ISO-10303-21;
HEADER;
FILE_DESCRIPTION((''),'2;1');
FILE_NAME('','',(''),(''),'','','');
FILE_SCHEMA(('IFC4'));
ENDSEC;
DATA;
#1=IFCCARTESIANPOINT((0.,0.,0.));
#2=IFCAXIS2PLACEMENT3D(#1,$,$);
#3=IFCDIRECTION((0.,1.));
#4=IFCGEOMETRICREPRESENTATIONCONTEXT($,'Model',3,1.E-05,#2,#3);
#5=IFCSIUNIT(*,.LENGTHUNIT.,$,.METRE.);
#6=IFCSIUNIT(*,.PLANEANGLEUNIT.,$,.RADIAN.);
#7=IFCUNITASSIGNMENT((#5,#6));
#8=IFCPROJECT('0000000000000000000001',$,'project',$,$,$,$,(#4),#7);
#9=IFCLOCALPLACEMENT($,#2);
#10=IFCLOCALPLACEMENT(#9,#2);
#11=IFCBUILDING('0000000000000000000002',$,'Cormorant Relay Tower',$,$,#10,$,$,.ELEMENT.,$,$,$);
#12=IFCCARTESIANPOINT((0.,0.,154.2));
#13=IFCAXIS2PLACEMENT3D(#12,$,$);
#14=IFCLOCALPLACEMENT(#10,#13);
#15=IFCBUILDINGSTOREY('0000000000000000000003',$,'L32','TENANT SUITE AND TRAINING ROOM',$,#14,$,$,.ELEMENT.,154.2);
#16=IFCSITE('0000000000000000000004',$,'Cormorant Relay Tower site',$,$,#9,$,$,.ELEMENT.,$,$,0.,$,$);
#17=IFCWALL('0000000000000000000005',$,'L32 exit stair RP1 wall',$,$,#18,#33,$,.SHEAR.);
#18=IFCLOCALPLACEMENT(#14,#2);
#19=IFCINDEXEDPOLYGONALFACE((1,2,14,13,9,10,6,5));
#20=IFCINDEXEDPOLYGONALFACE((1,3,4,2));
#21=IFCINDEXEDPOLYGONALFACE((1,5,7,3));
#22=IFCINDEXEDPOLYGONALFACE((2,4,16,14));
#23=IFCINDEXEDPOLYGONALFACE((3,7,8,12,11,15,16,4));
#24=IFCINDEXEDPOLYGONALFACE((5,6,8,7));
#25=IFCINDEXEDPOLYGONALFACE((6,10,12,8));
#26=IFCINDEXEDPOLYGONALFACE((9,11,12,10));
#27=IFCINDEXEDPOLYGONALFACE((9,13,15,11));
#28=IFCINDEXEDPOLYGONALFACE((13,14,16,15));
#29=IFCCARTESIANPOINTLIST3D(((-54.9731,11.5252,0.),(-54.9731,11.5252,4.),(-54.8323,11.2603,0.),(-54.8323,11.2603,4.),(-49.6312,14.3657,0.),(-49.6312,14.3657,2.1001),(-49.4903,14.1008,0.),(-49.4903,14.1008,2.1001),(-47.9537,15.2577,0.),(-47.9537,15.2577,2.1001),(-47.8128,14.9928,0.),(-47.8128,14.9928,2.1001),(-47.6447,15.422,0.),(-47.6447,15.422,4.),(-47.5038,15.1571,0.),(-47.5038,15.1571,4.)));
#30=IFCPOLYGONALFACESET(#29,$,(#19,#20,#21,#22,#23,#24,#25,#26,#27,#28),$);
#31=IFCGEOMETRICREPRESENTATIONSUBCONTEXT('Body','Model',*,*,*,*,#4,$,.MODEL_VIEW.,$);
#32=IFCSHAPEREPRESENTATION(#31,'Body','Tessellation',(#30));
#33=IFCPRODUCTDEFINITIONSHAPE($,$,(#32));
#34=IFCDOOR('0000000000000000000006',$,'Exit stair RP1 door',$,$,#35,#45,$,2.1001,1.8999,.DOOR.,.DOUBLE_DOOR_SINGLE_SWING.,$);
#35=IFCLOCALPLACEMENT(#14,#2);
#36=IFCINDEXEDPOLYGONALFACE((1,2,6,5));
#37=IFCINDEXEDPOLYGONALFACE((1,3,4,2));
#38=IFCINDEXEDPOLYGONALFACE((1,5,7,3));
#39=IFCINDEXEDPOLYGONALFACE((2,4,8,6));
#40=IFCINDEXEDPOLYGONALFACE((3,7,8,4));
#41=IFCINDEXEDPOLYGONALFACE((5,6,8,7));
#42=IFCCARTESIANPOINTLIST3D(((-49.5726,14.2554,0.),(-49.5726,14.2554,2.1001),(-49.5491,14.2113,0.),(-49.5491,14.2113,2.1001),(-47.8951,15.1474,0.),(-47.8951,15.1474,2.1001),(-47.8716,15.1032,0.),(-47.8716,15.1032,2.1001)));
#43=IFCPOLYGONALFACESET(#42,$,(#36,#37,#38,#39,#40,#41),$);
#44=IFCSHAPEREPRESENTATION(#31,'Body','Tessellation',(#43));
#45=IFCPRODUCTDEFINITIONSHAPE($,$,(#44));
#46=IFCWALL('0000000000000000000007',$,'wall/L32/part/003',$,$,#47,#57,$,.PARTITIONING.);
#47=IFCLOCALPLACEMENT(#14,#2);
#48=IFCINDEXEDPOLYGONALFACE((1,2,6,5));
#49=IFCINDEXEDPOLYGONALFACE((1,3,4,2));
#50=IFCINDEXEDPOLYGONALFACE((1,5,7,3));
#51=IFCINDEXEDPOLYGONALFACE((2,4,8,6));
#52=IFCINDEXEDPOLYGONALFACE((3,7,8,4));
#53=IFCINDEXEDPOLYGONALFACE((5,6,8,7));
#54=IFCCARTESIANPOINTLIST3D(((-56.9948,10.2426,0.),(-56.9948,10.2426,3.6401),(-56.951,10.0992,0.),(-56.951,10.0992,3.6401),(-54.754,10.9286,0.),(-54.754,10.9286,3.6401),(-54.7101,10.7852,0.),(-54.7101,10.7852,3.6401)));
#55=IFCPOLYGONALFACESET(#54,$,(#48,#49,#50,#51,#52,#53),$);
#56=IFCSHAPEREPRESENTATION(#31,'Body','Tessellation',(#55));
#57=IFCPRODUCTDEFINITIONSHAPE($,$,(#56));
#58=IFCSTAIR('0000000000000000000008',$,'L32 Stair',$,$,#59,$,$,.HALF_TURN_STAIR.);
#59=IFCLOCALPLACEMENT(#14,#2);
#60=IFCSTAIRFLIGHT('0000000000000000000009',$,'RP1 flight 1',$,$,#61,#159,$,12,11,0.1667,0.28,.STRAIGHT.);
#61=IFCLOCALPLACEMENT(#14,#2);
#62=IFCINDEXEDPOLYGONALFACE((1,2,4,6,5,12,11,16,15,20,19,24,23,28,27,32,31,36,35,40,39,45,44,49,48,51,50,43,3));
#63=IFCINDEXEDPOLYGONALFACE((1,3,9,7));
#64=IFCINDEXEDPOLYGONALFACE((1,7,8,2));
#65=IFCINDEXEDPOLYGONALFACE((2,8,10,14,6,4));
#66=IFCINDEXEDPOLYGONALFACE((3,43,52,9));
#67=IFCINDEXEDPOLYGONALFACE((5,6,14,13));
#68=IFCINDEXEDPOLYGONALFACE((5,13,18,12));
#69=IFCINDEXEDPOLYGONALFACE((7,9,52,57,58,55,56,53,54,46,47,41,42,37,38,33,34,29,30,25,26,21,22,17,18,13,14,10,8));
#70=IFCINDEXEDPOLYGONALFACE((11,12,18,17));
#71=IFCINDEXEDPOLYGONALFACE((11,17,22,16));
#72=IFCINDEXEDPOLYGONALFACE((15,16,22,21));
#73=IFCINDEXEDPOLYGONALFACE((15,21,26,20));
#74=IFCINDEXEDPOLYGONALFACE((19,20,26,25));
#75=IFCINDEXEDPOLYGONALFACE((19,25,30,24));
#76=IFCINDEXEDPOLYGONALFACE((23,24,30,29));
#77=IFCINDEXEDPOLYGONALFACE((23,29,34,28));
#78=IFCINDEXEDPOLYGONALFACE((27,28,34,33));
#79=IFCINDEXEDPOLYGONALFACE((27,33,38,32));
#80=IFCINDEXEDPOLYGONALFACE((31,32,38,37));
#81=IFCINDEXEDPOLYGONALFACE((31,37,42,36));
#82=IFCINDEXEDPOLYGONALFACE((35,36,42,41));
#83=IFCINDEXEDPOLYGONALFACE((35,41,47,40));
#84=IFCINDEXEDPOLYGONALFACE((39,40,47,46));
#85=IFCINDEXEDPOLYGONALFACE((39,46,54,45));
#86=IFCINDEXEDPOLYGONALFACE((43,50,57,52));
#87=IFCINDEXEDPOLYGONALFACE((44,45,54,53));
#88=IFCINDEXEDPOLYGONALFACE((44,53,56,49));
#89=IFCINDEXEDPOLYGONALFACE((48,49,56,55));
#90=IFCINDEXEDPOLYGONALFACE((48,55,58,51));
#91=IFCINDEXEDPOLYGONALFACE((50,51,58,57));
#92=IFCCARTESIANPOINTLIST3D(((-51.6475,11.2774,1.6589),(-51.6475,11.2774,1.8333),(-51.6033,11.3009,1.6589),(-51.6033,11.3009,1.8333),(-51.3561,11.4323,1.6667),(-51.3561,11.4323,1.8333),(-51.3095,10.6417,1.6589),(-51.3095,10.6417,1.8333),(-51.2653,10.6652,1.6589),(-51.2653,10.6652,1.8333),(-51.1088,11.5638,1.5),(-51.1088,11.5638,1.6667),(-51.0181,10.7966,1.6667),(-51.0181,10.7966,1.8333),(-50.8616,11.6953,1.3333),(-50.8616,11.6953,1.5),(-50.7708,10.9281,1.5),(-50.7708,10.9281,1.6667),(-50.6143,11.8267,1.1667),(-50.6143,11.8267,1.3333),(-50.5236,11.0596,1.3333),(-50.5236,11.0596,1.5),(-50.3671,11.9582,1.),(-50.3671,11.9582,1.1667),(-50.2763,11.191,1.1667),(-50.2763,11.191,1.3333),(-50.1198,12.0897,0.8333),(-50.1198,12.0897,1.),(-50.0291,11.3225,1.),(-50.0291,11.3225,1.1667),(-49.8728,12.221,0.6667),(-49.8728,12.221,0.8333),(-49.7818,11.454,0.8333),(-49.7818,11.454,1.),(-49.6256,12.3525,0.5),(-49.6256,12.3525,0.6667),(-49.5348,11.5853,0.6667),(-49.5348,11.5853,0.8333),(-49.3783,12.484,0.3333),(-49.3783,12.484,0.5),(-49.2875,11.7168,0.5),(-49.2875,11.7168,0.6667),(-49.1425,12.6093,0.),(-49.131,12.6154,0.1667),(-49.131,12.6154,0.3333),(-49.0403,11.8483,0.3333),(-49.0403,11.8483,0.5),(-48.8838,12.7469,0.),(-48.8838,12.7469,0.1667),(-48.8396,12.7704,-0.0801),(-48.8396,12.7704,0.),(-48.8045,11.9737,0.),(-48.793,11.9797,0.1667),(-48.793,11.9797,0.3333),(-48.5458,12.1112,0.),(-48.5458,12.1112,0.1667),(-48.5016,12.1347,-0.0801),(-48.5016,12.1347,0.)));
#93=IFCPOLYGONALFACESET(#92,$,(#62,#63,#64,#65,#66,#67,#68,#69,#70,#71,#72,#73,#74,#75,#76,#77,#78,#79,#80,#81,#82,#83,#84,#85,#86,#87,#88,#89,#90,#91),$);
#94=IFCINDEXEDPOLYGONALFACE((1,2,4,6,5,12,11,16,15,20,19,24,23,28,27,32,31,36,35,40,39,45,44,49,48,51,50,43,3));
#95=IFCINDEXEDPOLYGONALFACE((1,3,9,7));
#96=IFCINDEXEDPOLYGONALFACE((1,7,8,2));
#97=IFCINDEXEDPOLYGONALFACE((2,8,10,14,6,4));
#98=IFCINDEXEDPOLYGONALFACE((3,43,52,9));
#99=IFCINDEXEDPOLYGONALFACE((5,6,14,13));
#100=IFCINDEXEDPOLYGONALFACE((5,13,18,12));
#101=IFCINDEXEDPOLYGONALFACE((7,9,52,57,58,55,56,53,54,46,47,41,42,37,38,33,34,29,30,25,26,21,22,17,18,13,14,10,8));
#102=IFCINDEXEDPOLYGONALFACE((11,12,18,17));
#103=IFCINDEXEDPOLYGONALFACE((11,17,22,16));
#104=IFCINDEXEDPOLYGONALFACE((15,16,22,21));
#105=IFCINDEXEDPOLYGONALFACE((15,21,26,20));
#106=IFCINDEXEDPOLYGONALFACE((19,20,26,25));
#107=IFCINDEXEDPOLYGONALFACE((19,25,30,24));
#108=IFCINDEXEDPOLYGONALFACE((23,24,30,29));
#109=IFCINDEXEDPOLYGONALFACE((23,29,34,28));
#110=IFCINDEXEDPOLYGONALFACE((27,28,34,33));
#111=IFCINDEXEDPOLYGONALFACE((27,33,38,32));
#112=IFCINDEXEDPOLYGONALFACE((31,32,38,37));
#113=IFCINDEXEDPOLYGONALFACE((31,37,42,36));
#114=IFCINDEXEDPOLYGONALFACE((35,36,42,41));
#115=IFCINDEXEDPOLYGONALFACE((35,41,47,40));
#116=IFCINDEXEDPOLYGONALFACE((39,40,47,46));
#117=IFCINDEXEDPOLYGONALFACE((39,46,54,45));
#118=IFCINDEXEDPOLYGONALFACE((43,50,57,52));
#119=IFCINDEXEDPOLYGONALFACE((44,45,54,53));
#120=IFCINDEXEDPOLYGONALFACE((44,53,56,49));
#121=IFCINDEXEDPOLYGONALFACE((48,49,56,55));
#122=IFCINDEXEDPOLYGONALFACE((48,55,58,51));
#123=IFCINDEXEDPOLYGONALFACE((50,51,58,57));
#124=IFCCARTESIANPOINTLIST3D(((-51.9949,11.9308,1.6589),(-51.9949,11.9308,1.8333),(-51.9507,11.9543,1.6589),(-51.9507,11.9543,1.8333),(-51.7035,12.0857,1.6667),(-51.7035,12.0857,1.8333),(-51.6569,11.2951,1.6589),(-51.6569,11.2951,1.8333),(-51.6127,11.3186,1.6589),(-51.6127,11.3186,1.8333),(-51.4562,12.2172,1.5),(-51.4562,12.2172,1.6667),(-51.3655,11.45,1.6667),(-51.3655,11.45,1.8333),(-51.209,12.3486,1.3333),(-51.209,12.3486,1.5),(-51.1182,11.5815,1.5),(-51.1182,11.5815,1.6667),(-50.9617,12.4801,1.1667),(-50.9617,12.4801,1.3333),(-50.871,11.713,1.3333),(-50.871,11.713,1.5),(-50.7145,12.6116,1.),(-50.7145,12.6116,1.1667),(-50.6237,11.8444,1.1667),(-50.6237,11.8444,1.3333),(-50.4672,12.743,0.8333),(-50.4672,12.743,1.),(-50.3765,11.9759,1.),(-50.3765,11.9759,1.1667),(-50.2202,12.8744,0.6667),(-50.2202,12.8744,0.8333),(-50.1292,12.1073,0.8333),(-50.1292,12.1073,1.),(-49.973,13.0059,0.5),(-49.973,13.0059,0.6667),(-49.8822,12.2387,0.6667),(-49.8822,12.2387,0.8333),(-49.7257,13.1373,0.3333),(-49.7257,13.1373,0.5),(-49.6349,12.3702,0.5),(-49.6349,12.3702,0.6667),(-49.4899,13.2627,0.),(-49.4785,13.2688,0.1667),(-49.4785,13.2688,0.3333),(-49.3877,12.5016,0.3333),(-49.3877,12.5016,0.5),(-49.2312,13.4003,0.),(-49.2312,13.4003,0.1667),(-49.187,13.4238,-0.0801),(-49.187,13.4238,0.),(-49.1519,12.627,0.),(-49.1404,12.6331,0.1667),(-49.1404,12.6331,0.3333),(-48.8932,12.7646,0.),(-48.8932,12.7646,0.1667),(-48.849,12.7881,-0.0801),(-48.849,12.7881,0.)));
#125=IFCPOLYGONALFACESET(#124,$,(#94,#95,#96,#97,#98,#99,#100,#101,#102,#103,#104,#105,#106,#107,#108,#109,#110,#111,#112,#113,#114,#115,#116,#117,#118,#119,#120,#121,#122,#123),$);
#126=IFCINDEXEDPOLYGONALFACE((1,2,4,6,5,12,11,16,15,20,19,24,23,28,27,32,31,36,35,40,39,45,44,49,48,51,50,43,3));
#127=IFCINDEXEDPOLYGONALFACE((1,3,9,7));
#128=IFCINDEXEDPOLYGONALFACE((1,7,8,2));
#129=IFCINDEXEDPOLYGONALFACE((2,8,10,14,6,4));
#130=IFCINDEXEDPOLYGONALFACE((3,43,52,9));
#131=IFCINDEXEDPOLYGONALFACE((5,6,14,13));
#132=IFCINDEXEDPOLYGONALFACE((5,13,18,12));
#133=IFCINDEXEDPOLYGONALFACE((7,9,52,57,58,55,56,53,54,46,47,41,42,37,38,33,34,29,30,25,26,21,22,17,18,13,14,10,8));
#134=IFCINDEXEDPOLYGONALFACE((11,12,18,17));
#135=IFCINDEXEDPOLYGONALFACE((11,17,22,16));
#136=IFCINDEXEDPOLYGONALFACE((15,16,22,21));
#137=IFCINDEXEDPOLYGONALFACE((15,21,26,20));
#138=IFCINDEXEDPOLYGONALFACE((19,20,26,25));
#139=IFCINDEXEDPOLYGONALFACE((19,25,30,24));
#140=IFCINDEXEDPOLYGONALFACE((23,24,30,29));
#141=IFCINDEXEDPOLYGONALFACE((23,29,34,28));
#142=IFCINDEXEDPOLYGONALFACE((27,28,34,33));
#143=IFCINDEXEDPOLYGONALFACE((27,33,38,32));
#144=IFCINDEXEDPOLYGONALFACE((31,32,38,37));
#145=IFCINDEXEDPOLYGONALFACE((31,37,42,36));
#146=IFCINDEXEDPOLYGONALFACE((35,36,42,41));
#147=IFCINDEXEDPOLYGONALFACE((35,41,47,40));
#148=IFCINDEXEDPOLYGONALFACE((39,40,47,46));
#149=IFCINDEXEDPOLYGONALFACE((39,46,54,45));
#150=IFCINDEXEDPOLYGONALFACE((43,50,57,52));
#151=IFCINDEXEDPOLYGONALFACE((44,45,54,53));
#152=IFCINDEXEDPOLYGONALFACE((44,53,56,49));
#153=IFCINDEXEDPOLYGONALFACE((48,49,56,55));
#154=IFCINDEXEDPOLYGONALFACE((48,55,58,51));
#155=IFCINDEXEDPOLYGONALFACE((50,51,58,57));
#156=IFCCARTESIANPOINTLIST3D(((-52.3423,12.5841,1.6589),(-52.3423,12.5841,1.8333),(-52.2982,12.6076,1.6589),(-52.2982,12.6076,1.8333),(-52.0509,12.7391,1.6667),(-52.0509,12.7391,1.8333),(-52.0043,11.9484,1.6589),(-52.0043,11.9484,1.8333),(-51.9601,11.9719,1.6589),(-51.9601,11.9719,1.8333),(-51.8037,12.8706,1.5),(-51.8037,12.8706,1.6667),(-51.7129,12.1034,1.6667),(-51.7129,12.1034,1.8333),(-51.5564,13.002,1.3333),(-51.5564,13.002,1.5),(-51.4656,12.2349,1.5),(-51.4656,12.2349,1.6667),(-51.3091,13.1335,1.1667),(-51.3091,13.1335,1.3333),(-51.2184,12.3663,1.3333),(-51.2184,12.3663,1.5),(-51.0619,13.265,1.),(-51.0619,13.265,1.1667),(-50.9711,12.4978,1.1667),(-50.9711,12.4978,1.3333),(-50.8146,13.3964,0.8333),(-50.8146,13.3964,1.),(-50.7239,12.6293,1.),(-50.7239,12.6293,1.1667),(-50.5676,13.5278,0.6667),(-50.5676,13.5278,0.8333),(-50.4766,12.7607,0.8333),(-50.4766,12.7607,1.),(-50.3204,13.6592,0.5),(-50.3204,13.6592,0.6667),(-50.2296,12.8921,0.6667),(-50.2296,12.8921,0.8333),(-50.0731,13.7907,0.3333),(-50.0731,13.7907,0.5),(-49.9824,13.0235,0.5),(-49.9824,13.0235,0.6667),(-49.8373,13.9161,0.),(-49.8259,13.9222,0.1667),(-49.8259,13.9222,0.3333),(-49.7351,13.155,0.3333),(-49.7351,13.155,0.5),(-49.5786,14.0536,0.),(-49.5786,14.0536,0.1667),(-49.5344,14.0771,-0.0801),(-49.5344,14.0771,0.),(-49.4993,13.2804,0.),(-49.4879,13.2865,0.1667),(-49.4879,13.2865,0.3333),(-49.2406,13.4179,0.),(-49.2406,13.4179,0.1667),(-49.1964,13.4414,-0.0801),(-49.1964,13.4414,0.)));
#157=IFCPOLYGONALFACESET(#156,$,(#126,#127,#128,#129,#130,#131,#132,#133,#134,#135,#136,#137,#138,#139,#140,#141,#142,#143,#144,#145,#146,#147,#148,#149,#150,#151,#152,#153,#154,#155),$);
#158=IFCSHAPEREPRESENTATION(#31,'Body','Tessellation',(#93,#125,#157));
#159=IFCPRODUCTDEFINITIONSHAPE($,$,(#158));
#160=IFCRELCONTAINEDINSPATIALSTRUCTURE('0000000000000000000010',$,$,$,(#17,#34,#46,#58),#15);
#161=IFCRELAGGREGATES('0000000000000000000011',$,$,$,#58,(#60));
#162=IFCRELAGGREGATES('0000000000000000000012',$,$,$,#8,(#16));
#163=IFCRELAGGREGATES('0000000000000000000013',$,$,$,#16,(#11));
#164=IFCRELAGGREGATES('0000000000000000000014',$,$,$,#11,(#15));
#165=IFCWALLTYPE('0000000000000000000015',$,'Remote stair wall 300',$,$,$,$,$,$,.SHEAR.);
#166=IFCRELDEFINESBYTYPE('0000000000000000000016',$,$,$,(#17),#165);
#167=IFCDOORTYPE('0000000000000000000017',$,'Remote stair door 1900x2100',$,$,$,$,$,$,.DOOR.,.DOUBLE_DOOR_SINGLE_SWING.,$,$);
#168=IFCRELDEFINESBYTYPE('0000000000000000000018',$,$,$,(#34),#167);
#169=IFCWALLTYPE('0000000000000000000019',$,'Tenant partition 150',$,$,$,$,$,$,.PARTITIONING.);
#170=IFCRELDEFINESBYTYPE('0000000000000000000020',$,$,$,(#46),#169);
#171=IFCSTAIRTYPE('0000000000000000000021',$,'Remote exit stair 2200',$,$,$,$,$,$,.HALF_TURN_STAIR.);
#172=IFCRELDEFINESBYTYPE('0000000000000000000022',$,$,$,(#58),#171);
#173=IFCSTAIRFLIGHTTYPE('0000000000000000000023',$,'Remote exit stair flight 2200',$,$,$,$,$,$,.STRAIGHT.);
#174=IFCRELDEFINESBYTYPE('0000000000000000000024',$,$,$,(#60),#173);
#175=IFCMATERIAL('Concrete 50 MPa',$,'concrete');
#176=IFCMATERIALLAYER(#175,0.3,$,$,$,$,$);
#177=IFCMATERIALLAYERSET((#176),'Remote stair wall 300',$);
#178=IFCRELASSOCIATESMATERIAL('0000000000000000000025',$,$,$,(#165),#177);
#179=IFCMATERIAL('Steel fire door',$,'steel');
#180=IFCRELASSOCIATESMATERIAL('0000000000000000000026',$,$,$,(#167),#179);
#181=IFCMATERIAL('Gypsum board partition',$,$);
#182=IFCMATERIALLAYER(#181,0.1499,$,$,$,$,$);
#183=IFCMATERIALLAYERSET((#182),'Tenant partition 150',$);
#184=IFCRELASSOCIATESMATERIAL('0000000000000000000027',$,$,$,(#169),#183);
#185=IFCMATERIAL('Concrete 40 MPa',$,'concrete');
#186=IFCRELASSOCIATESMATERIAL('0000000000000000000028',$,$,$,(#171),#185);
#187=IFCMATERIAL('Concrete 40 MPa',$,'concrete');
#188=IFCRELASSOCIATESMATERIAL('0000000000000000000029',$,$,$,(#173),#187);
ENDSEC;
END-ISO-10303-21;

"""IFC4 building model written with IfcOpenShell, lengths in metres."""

from ifc_helpers import new_model, si_unit, direction, frame, frame_2d, origin, place, context, subcontext, project, spatial, polyline, rectangle, outline, extrude, material, layer, layer_set, type_object, element, fill, aggregate, save


model = new_model("IFC4")

# Units and contexts
model_context = context("Model", 3, precision=1e-05, world=origin(), true_north=direction((0.0, 1.0)))
body_context = subcontext(model_context, "Body", "Model", "MODEL_VIEW")
ifc_project = project(units=[si_unit("LENGTHUNIT", "METRE"), si_unit("PLANEANGLEUNIT", "RADIAN")], contexts=[model_context])

# Site, building, storey
site_placement = place(None, origin())
site = spatial("IfcSite", under=ifc_project, at=site_placement, Name="Cormorant Relay Tower site", CompositionType="ELEMENT", RefElevation=0.0)
building_placement = place(site_placement, origin())
building = spatial("IfcBuilding", under=site, at=building_placement, Name="Cormorant Relay Tower", CompositionType="ELEMENT")
storey_placement = place(building_placement, frame((0.0, 0.0, 154.2)))
storey = spatial("IfcBuildingStorey", under=building, at=storey_placement, Name="L32", Description="TENANT SUITE AND TRAINING ROOM", CompositionType="ELEMENT", Elevation=154.2)

# Shared definitions
ifc_material_1 = material(Name="Concrete 50 MPa", Category="concrete")
ifc_layer_1 = layer(ifc_material_1, 0.3)
ifc_layer_set_1 = layer_set([ifc_layer_1], Name="Remote stair wall 300")
wall_type_1 = type_object("IfcWallType", Name="Remote stair wall 300", PredefinedType="SHEAR", material=ifc_layer_set_1)

# Wall, opening, door
wall_1_placement = place(storey_placement, frame((-54.9026, 11.3928, 0.0), z_axis=(0.0, 0.0, 1.0), x_axis=(0.882939, 0.469487, 0.0)))
wall_1 = element("IfcWall", 1, at=wall_1_placement, inside=storey, type_object=wall_type_1, Name="L32 exit stair RP1 wall", PredefinedType="SHEAR", context=body_context, shape_type="SweptSolid", body=[
    extrude(rectangle(XDim=8.3, YDim=0.3, at=frame_2d((4.1499, 0.0))), origin(), (0.0, 0.0, 1.0), 4.0),
])
opening_1_placement = place(wall_1_placement, frame((6.05, 0.0, 0.0)))
opening_1 = element("IfcOpeningElement", 2, at=opening_1_placement, cuts=wall_1, PredefinedType="OPENING", context=body_context, shape_type="SweptSolid", body=[
    extrude(rectangle(XDim=1.8999, YDim=2.1001, at=frame_2d((0.95, 1.05))), frame((0.0, 0.1599, 0.0), z_axis=(0.0, -1.0, 0.0), x_axis=(1.0, 0.0, 0.0)), (0.0, 0.0, 1.0), 0.3201),
])
ifc_material_2 = material(Name="Steel fire door", Category="steel")
door_type_1 = type_object("IfcDoorType", Name="Remote stair door 1900x2100", OperationType="DOUBLE_DOOR_SINGLE_SWING", PredefinedType="DOOR", material=ifc_material_2)
door_1_placement = place(opening_1_placement, frame((1.8999, 0.0, 0.0), z_axis=(0.0, 0.0, 1.0), x_axis=(-1.0, 0.0, 0.0)))
door_1 = element("IfcDoor", 3, at=door_1_placement, inside=storey, type_object=door_type_1, Name="Exit stair RP1 door", OperationType="DOUBLE_DOOR_SINGLE_SWING", OverallHeight=2.1001, OverallWidth=1.8999, PredefinedType="DOOR", context=body_context, shape_type="SweptSolid", body=[
    extrude(rectangle(XDim=1.8999, YDim=2.1001, at=frame_2d((0.95, 1.05))), frame((0.0, 0.0249, 0.0), z_axis=(0.0, -1.0, 0.0), x_axis=(1.0, 0.0, 0.0)), (0.0, 0.0, 1.0), 0.05),
])
fill(opening_1, door_1)

# Wall
ifc_material_3 = material(Name="Gypsum board partition")
ifc_layer_2 = layer(ifc_material_3, 0.1499)
ifc_layer_set_2 = layer_set([ifc_layer_2], Name="Tenant partition 150")
wall_type_2 = type_object("IfcWallType", Name="Tenant partition 150", PredefinedType="PARTITIONING", material=ifc_layer_set_2)
wall_2_placement = place(storey_placement, frame((-54.7319, 10.8569, 0.0), z_axis=(0.0, 0.0, 1.0), x_axis=(-0.956197, -0.292724, 0.0)))
element("IfcWall", 4, at=wall_2_placement, inside=storey, type_object=wall_type_2, Name="wall/L32/part/003", PredefinedType="PARTITIONING", context=body_context, shape_type="SweptSolid", body=[
    extrude(rectangle(XDim=2.3435, YDim=0.1499, at=frame_2d((1.1719, 0.0))), origin(), (0.0, 0.0, 1.0), 3.6401),
])

# Stair, stair flight
ifc_material_4 = material(Name="Concrete 40 MPa", Category="concrete")
stair_type = type_object("IfcStairType", Name="Remote exit stair 2200", PredefinedType="HALF_TURN_STAIR", material=ifc_material_4)
stair_placement = place(storey_placement, origin())
stair = element("IfcStair", 5, at=stair_placement, inside=storey, type_object=stair_type, Name="L32 Stair", PredefinedType="HALF_TURN_STAIR")
ifc_material_5 = material(Name="Concrete 40 MPa", Category="concrete")
stair_flight_type = type_object("IfcStairFlightType", Name="Remote exit stair flight 2200", PredefinedType="STRAIGHT", material=ifc_material_5)
stair_flight_1_placement = place(storey_placement, frame((-49.0623, 13.0825, 0.0), z_axis=(0.0, 0.0, 1.0), x_axis=(-0.882948, -0.469472, 0.0)))
stair_flight_1 = element("IfcStairFlight", 6, at=stair_flight_1_placement, type_object=stair_flight_type, Name="RP1 flight 1", NumberOfRisers=12, NumberOfTreads=11, PredefinedType="STRAIGHT", RiserHeight=0.1667, TreadLength=0.28, context=body_context, shape_type="SweptSolid", body=[
    extrude(outline(polyline([(-0.05, -0.0801), (-0.05, 0.0), (0.0, 0.0), (0.0, 0.1667), (0.28, 0.1667), (0.28, 0.3333), (0.5601, 0.3333), (0.5601, 0.5), (0.8401, 0.5), (0.8401, 0.6667), (1.1201, 0.6667), (1.1201, 0.8333), (1.3999, 0.8333), (1.3999, 1.0), (1.6799, 1.0), (1.6799, 1.1667), (1.96, 1.1667), (1.96, 1.3333), (2.24, 1.3333), (2.24, 1.5), (2.52, 1.5), (2.52, 1.6667), (2.8, 1.6667), (2.8, 1.8333), (3.0801, 1.8333), (3.1301, 1.8333), (3.1301, 1.6589), (3.0801, 1.6589), (0.293, 0.0), (-0.05, -0.0801)])), frame((0.0, 1.1001, 0.0), z_axis=(0.0, -1.0, 0.0), x_axis=(1.0, 0.0, 0.0)), (0.0, 0.0, 1.0), 0.72),
    extrude(outline(polyline([(-0.05, -0.0801), (-0.05, 0.0), (0.0, 0.0), (0.0, 0.1667), (0.28, 0.1667), (0.28, 0.3333), (0.5601, 0.3333), (0.5601, 0.5), (0.8401, 0.5), (0.8401, 0.6667), (1.1201, 0.6667), (1.1201, 0.8333), (1.3999, 0.8333), (1.3999, 1.0), (1.6799, 1.0), (1.6799, 1.1667), (1.96, 1.1667), (1.96, 1.3333), (2.24, 1.3333), (2.24, 1.5), (2.52, 1.5), (2.52, 1.6667), (2.8, 1.6667), (2.8, 1.8333), (3.0801, 1.8333), (3.1301, 1.8333), (3.1301, 1.6589), (3.0801, 1.6589), (0.293, 0.0), (-0.05, -0.0801)])), frame((0.0, 0.3601, 0.0), z_axis=(0.0, -1.0, 0.0), x_axis=(1.0, 0.0, 0.0)), (0.0, 0.0, 1.0), 0.72),
    extrude(outline(polyline([(-0.05, -0.0801), (-0.05, 0.0), (0.0, 0.0), (0.0, 0.1667), (0.28, 0.1667), (0.28, 0.3333), (0.5601, 0.3333), (0.5601, 0.5), (0.8401, 0.5), (0.8401, 0.6667), (1.1201, 0.6667), (1.1201, 0.8333), (1.3999, 0.8333), (1.3999, 1.0), (1.6799, 1.0), (1.6799, 1.1667), (1.96, 1.1667), (1.96, 1.3333), (2.24, 1.3333), (2.24, 1.5), (2.52, 1.5), (2.52, 1.6667), (2.8, 1.6667), (2.8, 1.8333), (3.0801, 1.8333), (3.1301, 1.8333), (3.1301, 1.6589), (3.0801, 1.6589), (0.293, 0.0), (-0.05, -0.0801)])), frame((0.0, -0.3799, 0.0), z_axis=(0.0, -1.0, 0.0), x_axis=(1.0, 0.0, 0.0)), (0.0, 0.0, 1.0), 0.72),
])
aggregate(stair, [stair_flight_1])

save(model, "model.ifc")
